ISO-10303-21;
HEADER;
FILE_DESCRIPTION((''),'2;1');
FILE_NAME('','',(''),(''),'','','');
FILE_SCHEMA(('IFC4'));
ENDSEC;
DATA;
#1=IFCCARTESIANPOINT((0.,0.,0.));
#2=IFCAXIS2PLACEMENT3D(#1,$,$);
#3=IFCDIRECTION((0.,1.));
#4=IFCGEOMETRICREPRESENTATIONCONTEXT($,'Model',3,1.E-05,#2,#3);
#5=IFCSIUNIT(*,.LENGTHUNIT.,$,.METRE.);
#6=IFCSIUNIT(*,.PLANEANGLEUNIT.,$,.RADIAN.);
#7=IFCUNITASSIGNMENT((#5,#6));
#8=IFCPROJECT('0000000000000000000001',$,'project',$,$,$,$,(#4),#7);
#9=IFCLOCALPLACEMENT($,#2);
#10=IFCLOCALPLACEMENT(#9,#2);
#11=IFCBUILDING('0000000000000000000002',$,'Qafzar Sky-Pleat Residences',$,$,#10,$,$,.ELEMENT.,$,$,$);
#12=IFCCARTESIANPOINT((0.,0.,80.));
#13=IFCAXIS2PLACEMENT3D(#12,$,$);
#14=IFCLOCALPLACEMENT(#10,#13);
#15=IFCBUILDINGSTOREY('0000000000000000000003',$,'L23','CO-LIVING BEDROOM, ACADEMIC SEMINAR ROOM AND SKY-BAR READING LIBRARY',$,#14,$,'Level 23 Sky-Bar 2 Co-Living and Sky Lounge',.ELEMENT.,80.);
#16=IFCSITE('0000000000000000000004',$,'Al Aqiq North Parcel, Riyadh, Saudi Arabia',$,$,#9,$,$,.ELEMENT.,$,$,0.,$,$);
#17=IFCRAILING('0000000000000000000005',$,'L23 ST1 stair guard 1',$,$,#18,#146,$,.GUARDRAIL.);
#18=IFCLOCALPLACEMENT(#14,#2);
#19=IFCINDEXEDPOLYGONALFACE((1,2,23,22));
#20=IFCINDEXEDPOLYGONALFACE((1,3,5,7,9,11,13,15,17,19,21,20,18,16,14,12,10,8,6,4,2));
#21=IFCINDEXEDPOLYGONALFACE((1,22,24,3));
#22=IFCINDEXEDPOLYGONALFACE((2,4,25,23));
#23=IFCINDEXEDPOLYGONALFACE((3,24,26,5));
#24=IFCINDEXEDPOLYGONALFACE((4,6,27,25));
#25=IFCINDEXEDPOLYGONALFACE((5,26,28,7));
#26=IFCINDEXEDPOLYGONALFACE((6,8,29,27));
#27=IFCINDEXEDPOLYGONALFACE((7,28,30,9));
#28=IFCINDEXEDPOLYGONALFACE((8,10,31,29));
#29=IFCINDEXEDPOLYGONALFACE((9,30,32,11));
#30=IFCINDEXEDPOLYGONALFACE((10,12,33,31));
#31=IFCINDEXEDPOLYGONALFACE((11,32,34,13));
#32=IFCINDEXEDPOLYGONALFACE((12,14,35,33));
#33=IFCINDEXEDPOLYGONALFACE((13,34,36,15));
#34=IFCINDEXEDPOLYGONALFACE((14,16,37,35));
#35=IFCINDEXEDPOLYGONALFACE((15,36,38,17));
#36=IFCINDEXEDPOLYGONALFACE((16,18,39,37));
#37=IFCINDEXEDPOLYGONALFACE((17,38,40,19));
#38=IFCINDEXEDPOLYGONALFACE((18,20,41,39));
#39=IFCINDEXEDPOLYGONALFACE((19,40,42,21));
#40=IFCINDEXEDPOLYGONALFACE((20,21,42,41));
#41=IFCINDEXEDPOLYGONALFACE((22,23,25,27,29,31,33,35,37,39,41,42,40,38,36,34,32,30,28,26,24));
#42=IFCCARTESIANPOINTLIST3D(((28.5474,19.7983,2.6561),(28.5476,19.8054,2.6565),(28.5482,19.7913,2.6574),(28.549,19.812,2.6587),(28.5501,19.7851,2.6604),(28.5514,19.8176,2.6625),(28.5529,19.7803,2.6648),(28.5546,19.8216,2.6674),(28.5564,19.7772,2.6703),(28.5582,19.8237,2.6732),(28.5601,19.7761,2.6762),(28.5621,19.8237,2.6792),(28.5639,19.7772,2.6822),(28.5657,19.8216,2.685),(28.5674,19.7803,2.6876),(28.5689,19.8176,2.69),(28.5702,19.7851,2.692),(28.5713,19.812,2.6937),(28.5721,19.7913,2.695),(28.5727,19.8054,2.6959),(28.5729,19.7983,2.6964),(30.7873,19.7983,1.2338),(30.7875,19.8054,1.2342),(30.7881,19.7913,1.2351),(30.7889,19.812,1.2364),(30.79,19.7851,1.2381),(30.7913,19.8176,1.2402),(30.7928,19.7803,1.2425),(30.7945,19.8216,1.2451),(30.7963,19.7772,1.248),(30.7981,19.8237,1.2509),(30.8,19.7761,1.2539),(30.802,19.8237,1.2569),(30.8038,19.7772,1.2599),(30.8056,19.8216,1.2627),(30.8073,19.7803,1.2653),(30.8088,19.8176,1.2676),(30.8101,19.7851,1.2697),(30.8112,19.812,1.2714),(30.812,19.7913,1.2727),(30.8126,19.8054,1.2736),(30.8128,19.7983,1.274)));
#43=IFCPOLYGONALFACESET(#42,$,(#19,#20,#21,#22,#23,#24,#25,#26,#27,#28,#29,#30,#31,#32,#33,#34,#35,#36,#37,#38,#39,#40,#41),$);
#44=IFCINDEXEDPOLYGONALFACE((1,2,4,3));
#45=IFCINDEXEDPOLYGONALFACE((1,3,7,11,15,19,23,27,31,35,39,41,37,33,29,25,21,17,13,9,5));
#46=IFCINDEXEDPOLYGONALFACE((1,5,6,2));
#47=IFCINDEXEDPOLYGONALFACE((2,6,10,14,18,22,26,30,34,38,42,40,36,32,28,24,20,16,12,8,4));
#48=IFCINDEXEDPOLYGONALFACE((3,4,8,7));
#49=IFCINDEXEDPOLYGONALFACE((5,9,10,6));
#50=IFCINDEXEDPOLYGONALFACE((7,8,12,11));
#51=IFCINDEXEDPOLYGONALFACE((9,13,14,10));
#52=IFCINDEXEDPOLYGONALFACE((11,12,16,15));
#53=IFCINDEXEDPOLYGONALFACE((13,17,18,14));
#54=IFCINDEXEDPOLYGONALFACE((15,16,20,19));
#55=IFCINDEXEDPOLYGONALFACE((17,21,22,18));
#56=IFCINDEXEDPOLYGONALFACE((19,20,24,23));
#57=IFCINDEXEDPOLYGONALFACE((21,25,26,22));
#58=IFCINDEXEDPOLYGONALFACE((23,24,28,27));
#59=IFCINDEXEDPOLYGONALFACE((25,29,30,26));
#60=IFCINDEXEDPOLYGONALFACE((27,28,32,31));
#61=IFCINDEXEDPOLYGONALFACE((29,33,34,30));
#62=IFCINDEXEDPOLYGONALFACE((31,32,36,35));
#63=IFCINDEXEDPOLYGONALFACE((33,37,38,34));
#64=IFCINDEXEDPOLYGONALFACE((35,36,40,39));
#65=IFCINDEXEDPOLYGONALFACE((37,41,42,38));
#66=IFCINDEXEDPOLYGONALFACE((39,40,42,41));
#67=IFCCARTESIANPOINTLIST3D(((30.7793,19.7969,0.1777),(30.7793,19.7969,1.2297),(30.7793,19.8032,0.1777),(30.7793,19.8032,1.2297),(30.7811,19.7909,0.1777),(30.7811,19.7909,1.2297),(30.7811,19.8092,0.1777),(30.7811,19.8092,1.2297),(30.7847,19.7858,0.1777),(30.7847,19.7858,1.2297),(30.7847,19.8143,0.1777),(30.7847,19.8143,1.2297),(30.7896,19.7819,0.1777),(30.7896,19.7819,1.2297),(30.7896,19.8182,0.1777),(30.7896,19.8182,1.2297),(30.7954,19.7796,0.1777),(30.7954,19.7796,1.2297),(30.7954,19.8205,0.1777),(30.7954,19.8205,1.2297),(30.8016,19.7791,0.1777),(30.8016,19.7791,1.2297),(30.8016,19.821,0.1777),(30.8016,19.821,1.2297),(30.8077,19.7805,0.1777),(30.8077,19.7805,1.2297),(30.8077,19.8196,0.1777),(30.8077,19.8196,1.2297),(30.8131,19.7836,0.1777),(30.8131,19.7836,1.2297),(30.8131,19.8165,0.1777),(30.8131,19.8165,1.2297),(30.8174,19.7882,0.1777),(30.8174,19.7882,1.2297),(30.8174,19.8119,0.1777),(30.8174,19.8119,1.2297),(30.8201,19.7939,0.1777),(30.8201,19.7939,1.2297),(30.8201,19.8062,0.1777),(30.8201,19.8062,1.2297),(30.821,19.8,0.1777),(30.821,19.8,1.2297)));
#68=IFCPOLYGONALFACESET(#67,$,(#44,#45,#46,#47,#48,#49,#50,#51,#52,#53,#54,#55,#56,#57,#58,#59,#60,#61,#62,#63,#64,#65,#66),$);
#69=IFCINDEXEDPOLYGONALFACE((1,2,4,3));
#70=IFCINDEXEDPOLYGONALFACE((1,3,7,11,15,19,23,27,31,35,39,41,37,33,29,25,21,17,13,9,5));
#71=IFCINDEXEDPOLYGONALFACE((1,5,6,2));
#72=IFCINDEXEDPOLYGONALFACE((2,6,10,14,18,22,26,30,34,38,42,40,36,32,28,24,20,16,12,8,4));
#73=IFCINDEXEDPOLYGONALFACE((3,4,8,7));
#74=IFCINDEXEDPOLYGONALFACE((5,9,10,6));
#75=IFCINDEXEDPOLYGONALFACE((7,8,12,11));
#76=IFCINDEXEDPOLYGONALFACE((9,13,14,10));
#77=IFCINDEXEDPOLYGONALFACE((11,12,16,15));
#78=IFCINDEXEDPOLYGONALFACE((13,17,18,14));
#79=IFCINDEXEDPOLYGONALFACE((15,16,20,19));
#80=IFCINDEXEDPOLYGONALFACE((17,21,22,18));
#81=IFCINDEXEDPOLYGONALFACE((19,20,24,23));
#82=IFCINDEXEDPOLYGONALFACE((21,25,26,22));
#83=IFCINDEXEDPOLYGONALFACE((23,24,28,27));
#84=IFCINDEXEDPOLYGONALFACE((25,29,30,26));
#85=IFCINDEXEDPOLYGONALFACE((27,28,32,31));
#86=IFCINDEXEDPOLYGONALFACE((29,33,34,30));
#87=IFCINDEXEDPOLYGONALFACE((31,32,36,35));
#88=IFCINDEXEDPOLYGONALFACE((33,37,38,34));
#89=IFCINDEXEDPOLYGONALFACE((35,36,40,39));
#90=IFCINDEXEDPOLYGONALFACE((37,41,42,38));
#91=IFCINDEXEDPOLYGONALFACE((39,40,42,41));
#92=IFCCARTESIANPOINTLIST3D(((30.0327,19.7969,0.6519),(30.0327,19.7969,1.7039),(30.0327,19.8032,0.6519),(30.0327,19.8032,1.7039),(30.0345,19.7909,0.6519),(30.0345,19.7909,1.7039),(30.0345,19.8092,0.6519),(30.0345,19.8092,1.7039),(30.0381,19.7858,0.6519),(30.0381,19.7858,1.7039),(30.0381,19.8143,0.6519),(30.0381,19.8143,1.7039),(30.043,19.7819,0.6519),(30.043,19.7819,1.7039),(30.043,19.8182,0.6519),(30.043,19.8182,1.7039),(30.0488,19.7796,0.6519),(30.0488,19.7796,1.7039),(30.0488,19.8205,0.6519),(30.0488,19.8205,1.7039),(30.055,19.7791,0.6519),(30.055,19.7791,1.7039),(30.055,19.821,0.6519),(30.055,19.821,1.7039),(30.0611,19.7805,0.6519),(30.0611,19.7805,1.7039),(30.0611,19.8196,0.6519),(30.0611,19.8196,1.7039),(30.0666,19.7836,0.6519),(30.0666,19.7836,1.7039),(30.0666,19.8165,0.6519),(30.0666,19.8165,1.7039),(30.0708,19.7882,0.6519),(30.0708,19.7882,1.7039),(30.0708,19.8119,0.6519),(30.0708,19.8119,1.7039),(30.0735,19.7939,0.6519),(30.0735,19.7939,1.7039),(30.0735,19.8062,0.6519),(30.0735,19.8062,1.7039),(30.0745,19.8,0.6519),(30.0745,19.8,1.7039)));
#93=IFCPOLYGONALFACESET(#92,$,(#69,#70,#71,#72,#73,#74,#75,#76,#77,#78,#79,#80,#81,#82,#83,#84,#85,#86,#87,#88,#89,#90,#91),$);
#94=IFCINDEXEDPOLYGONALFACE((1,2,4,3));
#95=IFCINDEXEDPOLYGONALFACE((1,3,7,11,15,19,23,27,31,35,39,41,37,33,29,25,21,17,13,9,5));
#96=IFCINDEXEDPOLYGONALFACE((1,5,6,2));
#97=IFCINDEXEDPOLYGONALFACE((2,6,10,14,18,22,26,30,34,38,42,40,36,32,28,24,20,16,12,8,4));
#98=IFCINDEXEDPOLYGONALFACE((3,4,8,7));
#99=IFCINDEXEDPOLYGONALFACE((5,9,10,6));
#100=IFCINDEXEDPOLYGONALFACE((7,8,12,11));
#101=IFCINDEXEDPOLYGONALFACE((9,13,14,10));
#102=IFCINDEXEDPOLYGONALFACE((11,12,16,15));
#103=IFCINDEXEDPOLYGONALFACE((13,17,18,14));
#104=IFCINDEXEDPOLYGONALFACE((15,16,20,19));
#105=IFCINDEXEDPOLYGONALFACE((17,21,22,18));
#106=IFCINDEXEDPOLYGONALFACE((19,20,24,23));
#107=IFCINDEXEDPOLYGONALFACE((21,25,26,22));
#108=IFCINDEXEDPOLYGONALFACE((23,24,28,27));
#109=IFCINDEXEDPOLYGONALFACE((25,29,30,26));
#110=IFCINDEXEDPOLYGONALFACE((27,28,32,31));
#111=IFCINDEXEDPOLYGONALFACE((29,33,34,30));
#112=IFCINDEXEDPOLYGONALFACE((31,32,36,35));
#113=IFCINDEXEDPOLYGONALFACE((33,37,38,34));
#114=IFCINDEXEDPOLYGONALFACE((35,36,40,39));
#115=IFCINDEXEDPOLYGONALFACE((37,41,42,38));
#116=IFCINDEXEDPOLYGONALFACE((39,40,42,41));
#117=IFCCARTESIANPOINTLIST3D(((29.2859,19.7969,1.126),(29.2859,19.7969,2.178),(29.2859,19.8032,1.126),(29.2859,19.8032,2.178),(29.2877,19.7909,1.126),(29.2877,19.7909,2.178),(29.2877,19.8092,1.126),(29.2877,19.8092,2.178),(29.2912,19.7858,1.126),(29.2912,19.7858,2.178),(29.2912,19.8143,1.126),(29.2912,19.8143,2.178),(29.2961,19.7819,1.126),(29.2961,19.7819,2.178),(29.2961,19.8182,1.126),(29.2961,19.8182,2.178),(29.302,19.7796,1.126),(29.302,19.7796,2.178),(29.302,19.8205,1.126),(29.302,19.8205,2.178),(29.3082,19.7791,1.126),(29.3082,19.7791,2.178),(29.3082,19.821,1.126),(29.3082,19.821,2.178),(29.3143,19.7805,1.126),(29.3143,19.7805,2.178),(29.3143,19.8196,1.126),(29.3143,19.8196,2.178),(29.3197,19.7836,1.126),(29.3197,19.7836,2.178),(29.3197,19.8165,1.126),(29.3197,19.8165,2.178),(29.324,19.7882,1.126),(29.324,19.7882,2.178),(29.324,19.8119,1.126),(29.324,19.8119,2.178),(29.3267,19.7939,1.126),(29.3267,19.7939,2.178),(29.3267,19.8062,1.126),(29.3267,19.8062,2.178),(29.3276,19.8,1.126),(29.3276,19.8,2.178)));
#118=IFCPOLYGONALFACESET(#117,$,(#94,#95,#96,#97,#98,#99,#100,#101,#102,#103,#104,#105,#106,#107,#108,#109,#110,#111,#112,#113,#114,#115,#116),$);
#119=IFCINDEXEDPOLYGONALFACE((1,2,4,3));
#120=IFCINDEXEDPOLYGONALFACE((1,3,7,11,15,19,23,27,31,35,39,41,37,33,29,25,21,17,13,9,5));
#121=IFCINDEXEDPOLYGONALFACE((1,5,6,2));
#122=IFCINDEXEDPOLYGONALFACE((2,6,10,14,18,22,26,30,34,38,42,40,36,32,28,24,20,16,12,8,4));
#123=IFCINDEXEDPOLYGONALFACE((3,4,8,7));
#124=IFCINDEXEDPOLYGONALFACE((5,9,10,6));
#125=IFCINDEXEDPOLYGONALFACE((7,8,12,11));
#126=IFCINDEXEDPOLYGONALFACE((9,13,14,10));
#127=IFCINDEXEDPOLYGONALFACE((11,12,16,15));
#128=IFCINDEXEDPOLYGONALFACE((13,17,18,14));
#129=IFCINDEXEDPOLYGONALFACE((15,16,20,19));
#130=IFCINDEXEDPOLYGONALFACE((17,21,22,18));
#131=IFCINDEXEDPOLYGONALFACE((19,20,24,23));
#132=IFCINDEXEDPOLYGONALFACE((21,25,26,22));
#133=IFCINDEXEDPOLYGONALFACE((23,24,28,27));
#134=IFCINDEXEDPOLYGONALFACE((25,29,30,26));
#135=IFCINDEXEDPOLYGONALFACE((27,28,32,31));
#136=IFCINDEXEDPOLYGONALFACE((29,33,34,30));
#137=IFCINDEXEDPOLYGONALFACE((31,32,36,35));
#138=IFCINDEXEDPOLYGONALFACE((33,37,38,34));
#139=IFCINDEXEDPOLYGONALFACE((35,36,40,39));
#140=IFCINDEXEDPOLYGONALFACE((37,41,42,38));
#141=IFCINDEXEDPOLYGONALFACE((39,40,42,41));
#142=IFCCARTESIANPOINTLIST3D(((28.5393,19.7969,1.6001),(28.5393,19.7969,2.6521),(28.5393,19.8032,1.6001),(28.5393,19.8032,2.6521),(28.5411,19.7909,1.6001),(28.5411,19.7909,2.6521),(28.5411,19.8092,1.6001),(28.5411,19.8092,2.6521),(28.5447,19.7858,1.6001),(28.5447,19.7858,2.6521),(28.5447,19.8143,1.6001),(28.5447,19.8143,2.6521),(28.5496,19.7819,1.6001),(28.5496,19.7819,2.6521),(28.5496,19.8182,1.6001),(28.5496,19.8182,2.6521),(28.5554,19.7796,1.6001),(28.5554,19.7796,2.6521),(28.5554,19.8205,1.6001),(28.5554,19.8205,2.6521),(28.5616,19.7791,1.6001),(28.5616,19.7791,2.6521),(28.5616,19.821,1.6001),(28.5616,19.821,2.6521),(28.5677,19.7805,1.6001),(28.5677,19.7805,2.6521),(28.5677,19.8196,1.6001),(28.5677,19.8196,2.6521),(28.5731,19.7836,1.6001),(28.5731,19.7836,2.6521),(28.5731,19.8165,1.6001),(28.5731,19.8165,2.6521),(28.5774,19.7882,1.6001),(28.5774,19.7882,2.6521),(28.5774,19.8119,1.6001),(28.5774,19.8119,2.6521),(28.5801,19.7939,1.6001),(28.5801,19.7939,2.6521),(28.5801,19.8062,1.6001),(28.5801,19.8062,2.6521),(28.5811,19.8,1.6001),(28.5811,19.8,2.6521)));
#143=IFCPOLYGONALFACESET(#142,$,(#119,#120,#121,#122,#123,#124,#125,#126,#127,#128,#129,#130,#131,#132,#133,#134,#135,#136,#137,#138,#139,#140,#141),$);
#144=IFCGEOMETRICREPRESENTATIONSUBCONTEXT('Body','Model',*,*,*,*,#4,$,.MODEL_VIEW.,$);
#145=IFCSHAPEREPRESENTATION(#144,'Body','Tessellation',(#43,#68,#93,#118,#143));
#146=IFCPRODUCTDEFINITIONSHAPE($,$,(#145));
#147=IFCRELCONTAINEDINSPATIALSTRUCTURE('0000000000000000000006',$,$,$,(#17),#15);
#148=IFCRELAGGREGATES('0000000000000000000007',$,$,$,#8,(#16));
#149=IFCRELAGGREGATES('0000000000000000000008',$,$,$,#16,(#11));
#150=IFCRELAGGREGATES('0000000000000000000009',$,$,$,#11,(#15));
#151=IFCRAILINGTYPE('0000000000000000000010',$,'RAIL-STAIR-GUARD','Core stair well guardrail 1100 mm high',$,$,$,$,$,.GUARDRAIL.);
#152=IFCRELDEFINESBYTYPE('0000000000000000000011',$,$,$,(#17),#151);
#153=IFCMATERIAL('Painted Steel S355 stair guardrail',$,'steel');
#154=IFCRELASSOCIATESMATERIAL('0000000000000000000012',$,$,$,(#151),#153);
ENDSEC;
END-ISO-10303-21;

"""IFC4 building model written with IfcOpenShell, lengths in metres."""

from ifc_helpers import new_model, si_unit, direction, frame, origin, origin_2d, place, context, subcontext, project, spatial, circle, extrude, source, transform, mapped, material, type_object, element, save


model = new_model("IFC4")

# Units and contexts
model_context = context("Model", 3, precision=1e-05, world=origin(), true_north=direction((0.0, 1.0)))
body_context = subcontext(model_context, "Body", "Model", "MODEL_VIEW")
ifc_project = project(units=[si_unit("LENGTHUNIT", "METRE"), si_unit("PLANEANGLEUNIT", "RADIAN")], contexts=[model_context])

# Site, building, storey
site_placement = place(None, origin())
site = spatial("IfcSite", under=ifc_project, at=site_placement, Name="Al Aqiq North Parcel, Riyadh, Saudi Arabia", CompositionType="ELEMENT", RefElevation=0.0)
building_placement = place(site_placement, origin())
building = spatial("IfcBuilding", under=site, at=building_placement, Name="Qafzar Sky-Pleat Residences", CompositionType="ELEMENT")
storey_placement = place(building_placement, frame((0.0, 0.0, 80.0)))
storey = spatial("IfcBuildingStorey", under=building, at=storey_placement, Name="L23", Description="CO-LIVING BEDROOM, ACADEMIC SEMINAR ROOM AND SKY-BAR READING LIBRARY", LongName="Level 23 Sky-Bar 2 Co-Living and Sky Lounge", CompositionType="ELEMENT", Elevation=80.0)

# Railing
ifc_material_1 = material(Name="Painted Steel S355 stair guardrail", Category="steel")
railing_type_1 = type_object("IfcRailingType", Name="RAIL-STAIR-GUARD", Description="Core stair well guardrail 1100 mm high", PredefinedType="GUARDRAIL", material=ifc_material_1)
shared_shape_1 = source(origin(), body_context, "Body", "SweptSolid", [
    extrude(circle(Radius=0.0239, at=origin_2d()), frame((0.0, 0.0, 1.0762), z_axis=(-0.844188, 0.0, 0.536048), x_axis=(0.0, -1.0, 0.0)), (0.0, 0.0, 1.0), 2.6533),
    extrude(circle(Radius=0.021, at=origin_2d()), origin(), (0.0, 0.0, 1.0), 1.052),
    extrude(circle(Radius=0.021, at=origin_2d()), frame((-0.7466, 0.0, 0.4741)), (0.0, 0.0, 1.0), 1.052),
    extrude(circle(Radius=0.021, at=origin_2d()), frame((-1.4934, 0.0, 0.9482)), (0.0, 0.0, 1.0), 1.052),
    extrude(circle(Radius=0.021, at=origin_2d()), frame((-2.24, 0.0, 1.4224)), (0.0, 0.0, 1.0), 1.052),
])
railing_1_placement = place(storey_placement, frame((30.8, 19.8, 0.1777)))
element("IfcRailing", 1, at=railing_1_placement, inside=storey, type_object=railing_type_1, Name="L23 ST1 stair guard 1", PredefinedType="GUARDRAIL", context=body_context, shape_type="MappedRepresentation", body=[
    mapped(shared_shape_1, transform((0.0, 0.0, 0.0), x_axis=(1.0, 0.0, 0.0), y_axis=(0.0, 1.0, 0.0), z_axis=(0.0, 0.0, 1.0), scale=1.0)),
])

save(model, "model.ifc")
